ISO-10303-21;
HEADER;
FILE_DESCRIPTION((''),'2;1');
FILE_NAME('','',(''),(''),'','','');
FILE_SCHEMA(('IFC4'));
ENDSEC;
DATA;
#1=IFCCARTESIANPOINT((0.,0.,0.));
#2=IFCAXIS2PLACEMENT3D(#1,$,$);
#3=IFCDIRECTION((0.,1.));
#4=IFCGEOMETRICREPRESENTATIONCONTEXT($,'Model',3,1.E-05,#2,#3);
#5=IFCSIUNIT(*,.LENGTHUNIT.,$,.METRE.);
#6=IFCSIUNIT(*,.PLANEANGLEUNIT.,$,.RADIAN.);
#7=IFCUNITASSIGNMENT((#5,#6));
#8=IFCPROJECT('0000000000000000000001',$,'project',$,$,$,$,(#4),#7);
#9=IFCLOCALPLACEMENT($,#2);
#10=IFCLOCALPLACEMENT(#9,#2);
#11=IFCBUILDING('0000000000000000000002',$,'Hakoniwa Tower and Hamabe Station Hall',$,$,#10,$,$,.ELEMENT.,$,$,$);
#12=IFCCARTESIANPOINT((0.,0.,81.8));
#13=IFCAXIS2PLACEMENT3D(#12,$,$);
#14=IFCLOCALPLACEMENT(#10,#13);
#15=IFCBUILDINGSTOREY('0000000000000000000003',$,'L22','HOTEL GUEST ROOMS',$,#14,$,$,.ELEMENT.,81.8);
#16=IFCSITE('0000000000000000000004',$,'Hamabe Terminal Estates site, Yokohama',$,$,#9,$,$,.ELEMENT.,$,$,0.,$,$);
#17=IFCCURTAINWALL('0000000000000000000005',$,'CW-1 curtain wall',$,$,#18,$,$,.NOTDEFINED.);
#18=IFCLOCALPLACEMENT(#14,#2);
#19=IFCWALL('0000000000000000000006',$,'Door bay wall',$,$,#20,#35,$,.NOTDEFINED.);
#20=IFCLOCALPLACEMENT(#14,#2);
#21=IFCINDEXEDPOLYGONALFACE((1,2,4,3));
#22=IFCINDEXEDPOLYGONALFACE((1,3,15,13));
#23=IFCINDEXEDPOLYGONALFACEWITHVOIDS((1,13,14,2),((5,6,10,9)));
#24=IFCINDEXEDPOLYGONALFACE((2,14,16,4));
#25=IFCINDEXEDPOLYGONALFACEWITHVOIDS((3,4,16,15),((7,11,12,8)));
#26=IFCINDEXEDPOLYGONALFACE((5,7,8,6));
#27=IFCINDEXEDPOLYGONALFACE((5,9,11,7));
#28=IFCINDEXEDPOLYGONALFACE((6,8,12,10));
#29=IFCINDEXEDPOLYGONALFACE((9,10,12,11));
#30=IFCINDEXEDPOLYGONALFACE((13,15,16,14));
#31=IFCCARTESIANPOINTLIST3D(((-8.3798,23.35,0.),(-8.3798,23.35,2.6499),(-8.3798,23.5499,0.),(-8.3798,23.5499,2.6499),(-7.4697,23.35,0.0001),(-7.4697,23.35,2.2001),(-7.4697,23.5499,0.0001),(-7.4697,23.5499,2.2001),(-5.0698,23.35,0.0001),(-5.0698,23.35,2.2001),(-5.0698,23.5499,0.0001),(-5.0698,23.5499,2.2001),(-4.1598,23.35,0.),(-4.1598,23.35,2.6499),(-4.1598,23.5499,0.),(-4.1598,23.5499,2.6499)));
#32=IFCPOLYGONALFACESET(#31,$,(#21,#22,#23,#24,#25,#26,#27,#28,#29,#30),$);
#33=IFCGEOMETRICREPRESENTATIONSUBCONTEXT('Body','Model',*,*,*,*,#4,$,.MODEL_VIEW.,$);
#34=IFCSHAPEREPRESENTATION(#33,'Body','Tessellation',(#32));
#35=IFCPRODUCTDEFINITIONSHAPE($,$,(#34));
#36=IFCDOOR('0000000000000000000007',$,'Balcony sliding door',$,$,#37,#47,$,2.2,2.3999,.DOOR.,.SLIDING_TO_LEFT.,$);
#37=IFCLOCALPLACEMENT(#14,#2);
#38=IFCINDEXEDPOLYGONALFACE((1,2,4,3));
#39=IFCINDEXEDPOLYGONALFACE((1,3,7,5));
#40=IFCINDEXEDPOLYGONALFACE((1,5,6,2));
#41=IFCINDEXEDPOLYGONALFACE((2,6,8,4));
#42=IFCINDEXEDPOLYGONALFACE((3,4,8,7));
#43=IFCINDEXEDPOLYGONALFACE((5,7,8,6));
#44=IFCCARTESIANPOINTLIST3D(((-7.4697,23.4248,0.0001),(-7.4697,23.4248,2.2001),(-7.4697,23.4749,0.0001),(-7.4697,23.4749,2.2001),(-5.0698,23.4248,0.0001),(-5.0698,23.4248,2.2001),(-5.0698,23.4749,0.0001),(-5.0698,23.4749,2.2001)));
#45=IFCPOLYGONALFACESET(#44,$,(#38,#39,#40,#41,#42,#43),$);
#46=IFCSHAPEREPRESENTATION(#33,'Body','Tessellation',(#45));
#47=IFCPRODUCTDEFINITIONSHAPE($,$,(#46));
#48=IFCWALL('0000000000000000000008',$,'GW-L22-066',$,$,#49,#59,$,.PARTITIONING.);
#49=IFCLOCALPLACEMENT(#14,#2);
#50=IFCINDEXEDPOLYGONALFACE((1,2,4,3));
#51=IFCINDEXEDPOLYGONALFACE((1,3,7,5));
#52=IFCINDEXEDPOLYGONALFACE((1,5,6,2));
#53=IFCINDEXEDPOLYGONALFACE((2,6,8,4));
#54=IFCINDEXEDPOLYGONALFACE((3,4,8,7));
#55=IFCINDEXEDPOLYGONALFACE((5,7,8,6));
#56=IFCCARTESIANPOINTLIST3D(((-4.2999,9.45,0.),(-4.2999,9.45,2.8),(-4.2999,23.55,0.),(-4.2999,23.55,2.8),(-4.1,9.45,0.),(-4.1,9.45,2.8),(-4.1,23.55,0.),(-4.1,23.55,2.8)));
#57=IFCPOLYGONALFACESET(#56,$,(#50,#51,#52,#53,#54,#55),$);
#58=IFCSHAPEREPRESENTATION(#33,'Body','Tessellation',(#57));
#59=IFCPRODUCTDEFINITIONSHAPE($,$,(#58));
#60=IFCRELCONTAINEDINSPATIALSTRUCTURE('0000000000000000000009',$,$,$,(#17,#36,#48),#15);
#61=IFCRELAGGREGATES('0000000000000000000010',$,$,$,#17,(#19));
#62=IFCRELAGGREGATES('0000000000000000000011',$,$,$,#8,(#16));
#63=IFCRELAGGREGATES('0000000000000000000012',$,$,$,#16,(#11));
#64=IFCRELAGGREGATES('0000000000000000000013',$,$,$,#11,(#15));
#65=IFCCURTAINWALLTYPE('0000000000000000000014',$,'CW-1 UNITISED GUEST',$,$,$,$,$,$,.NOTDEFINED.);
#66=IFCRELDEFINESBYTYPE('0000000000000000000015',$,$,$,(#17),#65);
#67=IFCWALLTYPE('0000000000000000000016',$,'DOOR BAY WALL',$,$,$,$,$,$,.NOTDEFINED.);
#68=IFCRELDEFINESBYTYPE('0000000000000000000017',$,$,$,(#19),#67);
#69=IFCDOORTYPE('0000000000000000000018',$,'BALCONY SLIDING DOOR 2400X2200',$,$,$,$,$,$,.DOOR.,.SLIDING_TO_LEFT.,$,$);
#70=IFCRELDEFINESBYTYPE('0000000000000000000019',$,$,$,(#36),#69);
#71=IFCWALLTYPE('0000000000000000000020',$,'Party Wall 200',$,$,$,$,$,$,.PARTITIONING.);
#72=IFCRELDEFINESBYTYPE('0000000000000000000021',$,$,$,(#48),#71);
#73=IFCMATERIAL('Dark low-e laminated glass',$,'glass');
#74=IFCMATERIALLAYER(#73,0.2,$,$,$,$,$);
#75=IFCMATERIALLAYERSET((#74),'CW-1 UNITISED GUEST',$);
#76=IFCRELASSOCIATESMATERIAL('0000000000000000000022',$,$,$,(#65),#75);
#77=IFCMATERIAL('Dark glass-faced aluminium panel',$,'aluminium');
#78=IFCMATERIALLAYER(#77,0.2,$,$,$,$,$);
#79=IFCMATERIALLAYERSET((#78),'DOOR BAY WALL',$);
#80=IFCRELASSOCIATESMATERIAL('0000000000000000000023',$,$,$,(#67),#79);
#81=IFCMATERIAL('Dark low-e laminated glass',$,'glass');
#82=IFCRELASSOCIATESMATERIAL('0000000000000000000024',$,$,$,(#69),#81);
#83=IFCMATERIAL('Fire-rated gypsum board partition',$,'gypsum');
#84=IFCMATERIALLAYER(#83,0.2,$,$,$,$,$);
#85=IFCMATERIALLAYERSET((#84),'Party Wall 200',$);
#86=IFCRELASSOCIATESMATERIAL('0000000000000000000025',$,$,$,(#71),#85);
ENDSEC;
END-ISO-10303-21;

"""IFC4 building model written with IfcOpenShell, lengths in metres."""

from ifc_helpers import new_model, si_unit, direction, frame, frame_2d, origin, place, context, subcontext, project, spatial, rectangle, extrude, material, layer, layer_set, type_object, element, fill, aggregate, save


model = new_model("IFC4")

# Units and contexts
model_context = context("Model", 3, precision=1e-05, world=origin(), true_north=direction((0.0, 1.0)))
body_context = subcontext(model_context, "Body", "Model", "MODEL_VIEW")
ifc_project = project(units=[si_unit("LENGTHUNIT", "METRE"), si_unit("PLANEANGLEUNIT", "RADIAN")], contexts=[model_context])

# Site, building, storey
site_placement = place(None, origin())
site = spatial("IfcSite", under=ifc_project, at=site_placement, Name="Hamabe Terminal Estates site, Yokohama", CompositionType="ELEMENT", RefElevation=0.0)
building_placement = place(site_placement, origin())
building = spatial("IfcBuilding", under=site, at=building_placement, Name="Hakoniwa Tower and Hamabe Station Hall", CompositionType="ELEMENT")
storey_placement = place(building_placement, frame((0.0, 0.0, 81.8)))
storey = spatial("IfcBuildingStorey", under=building, at=storey_placement, Name="L22", Description="HOTEL GUEST ROOMS", CompositionType="ELEMENT", Elevation=81.8)

# Curtain wall
ifc_material_1 = material(Name="Dark low-e laminated glass", Category="glass")
ifc_layer_1 = layer(ifc_material_1, 0.2)
ifc_layer_set_1 = layer_set([ifc_layer_1], Name="CW-1 UNITISED GUEST")
curtain_wall_type = type_object("IfcCurtainWallType", Name="CW-1 UNITISED GUEST", PredefinedType="NOTDEFINED", material=ifc_layer_set_1)
curtain_wall_placement = place(storey_placement, origin())
curtain_wall = element("IfcCurtainWall", 1, at=curtain_wall_placement, inside=storey, type_object=curtain_wall_type, Name="CW-1 curtain wall", PredefinedType="NOTDEFINED")

# Wall, opening, door
ifc_material_2 = material(Name="Dark glass-faced aluminium panel", Category="aluminium")
ifc_layer_2 = layer(ifc_material_2, 0.2)
ifc_layer_set_2 = layer_set([ifc_layer_2], Name="DOOR BAY WALL")
wall_type_1 = type_object("IfcWallType", Name="DOOR BAY WALL", PredefinedType="NOTDEFINED", material=ifc_layer_set_2)
ifc_material_3 = material(Name="Dark low-e laminated glass", Category="glass")
door_type_1 = type_object("IfcDoorType", Name="BALCONY SLIDING DOOR 2400X2200", OperationType="SLIDING_TO_LEFT", PredefinedType="DOOR", material=ifc_material_3)
wall_1_placement = place(storey_placement, frame((-4.1599, 23.45, 0.0), z_axis=(0.0, 0.0, 1.0), x_axis=(-1.0, 0.0, 0.0)))
wall_1 = element("IfcWall", 2, at=wall_1_placement, type_object=wall_type_1, Name="Door bay wall", PredefinedType="NOTDEFINED", context=body_context, shape_type="SweptSolid", body=[
    extrude(rectangle(XDim=4.22, YDim=0.2, at=frame_2d((2.1099, 0.0))), origin(), (0.0, 0.0, 1.0), 2.6499),
])
opening_1_placement = place(wall_1_placement, frame((0.9099, 0.0, 0.0)))
opening_1 = element("IfcOpeningElement", 3, at=opening_1_placement, cuts=wall_1, PredefinedType="OPENING", context=body_context, shape_type="SweptSolid", body=[
    extrude(rectangle(XDim=2.3999, YDim=2.2, at=frame_2d((1.2, 1.1001))), frame((0.0, 0.1099, 0.0), z_axis=(0.0, -1.0, 0.0), x_axis=(1.0, 0.0, 0.0)), (0.0, 0.0, 1.0), 0.22),
])
door_1_placement = place(opening_1_placement, frame((2.3999, 0.0, 0.0), z_axis=(0.0, 0.0, 1.0), x_axis=(-1.0, 0.0, 0.0)))
door_1 = element("IfcDoor", 4, at=door_1_placement, inside=storey, type_object=door_type_1, Name="Balcony sliding door", OperationType="SLIDING_TO_LEFT", OverallHeight=2.2, OverallWidth=2.3999, PredefinedType="DOOR", context=body_context, shape_type="SweptSolid", body=[
    extrude(rectangle(XDim=2.3999, YDim=2.2, at=frame_2d((1.2, 1.1001))), frame((0.0, 0.0249, 0.0), z_axis=(0.0, -1.0, 0.0), x_axis=(1.0, 0.0, 0.0)), (0.0, 0.0, 1.0), 0.05),
])
fill(opening_1, door_1)
aggregate(curtain_wall, [wall_1])

# Wall
ifc_material_4 = material(Name="Fire-rated gypsum board partition", Category="gypsum")
ifc_layer_3 = layer(ifc_material_4, 0.2)
ifc_layer_set_3 = layer_set([ifc_layer_3], Name="Party Wall 200")
wall_type_2 = type_object("IfcWallType", Name="Party Wall 200", PredefinedType="PARTITIONING", material=ifc_layer_set_3)
wall_2_placement = place(storey_placement, frame((-4.2, 9.45, 0.0), z_axis=(0.0, 0.0, 1.0), x_axis=(0.0, 1.0, 0.0)))
element("IfcWall", 5, at=wall_2_placement, inside=storey, type_object=wall_type_2, Name="GW-L22-066", PredefinedType="PARTITIONING", context=body_context, shape_type="SweptSolid", body=[
    extrude(rectangle(XDim=14.1001, YDim=0.2, at=frame_2d((7.05, 0.0))), origin(), (0.0, 0.0, 1.0), 2.8),
])

save(model, "model.ifc")
